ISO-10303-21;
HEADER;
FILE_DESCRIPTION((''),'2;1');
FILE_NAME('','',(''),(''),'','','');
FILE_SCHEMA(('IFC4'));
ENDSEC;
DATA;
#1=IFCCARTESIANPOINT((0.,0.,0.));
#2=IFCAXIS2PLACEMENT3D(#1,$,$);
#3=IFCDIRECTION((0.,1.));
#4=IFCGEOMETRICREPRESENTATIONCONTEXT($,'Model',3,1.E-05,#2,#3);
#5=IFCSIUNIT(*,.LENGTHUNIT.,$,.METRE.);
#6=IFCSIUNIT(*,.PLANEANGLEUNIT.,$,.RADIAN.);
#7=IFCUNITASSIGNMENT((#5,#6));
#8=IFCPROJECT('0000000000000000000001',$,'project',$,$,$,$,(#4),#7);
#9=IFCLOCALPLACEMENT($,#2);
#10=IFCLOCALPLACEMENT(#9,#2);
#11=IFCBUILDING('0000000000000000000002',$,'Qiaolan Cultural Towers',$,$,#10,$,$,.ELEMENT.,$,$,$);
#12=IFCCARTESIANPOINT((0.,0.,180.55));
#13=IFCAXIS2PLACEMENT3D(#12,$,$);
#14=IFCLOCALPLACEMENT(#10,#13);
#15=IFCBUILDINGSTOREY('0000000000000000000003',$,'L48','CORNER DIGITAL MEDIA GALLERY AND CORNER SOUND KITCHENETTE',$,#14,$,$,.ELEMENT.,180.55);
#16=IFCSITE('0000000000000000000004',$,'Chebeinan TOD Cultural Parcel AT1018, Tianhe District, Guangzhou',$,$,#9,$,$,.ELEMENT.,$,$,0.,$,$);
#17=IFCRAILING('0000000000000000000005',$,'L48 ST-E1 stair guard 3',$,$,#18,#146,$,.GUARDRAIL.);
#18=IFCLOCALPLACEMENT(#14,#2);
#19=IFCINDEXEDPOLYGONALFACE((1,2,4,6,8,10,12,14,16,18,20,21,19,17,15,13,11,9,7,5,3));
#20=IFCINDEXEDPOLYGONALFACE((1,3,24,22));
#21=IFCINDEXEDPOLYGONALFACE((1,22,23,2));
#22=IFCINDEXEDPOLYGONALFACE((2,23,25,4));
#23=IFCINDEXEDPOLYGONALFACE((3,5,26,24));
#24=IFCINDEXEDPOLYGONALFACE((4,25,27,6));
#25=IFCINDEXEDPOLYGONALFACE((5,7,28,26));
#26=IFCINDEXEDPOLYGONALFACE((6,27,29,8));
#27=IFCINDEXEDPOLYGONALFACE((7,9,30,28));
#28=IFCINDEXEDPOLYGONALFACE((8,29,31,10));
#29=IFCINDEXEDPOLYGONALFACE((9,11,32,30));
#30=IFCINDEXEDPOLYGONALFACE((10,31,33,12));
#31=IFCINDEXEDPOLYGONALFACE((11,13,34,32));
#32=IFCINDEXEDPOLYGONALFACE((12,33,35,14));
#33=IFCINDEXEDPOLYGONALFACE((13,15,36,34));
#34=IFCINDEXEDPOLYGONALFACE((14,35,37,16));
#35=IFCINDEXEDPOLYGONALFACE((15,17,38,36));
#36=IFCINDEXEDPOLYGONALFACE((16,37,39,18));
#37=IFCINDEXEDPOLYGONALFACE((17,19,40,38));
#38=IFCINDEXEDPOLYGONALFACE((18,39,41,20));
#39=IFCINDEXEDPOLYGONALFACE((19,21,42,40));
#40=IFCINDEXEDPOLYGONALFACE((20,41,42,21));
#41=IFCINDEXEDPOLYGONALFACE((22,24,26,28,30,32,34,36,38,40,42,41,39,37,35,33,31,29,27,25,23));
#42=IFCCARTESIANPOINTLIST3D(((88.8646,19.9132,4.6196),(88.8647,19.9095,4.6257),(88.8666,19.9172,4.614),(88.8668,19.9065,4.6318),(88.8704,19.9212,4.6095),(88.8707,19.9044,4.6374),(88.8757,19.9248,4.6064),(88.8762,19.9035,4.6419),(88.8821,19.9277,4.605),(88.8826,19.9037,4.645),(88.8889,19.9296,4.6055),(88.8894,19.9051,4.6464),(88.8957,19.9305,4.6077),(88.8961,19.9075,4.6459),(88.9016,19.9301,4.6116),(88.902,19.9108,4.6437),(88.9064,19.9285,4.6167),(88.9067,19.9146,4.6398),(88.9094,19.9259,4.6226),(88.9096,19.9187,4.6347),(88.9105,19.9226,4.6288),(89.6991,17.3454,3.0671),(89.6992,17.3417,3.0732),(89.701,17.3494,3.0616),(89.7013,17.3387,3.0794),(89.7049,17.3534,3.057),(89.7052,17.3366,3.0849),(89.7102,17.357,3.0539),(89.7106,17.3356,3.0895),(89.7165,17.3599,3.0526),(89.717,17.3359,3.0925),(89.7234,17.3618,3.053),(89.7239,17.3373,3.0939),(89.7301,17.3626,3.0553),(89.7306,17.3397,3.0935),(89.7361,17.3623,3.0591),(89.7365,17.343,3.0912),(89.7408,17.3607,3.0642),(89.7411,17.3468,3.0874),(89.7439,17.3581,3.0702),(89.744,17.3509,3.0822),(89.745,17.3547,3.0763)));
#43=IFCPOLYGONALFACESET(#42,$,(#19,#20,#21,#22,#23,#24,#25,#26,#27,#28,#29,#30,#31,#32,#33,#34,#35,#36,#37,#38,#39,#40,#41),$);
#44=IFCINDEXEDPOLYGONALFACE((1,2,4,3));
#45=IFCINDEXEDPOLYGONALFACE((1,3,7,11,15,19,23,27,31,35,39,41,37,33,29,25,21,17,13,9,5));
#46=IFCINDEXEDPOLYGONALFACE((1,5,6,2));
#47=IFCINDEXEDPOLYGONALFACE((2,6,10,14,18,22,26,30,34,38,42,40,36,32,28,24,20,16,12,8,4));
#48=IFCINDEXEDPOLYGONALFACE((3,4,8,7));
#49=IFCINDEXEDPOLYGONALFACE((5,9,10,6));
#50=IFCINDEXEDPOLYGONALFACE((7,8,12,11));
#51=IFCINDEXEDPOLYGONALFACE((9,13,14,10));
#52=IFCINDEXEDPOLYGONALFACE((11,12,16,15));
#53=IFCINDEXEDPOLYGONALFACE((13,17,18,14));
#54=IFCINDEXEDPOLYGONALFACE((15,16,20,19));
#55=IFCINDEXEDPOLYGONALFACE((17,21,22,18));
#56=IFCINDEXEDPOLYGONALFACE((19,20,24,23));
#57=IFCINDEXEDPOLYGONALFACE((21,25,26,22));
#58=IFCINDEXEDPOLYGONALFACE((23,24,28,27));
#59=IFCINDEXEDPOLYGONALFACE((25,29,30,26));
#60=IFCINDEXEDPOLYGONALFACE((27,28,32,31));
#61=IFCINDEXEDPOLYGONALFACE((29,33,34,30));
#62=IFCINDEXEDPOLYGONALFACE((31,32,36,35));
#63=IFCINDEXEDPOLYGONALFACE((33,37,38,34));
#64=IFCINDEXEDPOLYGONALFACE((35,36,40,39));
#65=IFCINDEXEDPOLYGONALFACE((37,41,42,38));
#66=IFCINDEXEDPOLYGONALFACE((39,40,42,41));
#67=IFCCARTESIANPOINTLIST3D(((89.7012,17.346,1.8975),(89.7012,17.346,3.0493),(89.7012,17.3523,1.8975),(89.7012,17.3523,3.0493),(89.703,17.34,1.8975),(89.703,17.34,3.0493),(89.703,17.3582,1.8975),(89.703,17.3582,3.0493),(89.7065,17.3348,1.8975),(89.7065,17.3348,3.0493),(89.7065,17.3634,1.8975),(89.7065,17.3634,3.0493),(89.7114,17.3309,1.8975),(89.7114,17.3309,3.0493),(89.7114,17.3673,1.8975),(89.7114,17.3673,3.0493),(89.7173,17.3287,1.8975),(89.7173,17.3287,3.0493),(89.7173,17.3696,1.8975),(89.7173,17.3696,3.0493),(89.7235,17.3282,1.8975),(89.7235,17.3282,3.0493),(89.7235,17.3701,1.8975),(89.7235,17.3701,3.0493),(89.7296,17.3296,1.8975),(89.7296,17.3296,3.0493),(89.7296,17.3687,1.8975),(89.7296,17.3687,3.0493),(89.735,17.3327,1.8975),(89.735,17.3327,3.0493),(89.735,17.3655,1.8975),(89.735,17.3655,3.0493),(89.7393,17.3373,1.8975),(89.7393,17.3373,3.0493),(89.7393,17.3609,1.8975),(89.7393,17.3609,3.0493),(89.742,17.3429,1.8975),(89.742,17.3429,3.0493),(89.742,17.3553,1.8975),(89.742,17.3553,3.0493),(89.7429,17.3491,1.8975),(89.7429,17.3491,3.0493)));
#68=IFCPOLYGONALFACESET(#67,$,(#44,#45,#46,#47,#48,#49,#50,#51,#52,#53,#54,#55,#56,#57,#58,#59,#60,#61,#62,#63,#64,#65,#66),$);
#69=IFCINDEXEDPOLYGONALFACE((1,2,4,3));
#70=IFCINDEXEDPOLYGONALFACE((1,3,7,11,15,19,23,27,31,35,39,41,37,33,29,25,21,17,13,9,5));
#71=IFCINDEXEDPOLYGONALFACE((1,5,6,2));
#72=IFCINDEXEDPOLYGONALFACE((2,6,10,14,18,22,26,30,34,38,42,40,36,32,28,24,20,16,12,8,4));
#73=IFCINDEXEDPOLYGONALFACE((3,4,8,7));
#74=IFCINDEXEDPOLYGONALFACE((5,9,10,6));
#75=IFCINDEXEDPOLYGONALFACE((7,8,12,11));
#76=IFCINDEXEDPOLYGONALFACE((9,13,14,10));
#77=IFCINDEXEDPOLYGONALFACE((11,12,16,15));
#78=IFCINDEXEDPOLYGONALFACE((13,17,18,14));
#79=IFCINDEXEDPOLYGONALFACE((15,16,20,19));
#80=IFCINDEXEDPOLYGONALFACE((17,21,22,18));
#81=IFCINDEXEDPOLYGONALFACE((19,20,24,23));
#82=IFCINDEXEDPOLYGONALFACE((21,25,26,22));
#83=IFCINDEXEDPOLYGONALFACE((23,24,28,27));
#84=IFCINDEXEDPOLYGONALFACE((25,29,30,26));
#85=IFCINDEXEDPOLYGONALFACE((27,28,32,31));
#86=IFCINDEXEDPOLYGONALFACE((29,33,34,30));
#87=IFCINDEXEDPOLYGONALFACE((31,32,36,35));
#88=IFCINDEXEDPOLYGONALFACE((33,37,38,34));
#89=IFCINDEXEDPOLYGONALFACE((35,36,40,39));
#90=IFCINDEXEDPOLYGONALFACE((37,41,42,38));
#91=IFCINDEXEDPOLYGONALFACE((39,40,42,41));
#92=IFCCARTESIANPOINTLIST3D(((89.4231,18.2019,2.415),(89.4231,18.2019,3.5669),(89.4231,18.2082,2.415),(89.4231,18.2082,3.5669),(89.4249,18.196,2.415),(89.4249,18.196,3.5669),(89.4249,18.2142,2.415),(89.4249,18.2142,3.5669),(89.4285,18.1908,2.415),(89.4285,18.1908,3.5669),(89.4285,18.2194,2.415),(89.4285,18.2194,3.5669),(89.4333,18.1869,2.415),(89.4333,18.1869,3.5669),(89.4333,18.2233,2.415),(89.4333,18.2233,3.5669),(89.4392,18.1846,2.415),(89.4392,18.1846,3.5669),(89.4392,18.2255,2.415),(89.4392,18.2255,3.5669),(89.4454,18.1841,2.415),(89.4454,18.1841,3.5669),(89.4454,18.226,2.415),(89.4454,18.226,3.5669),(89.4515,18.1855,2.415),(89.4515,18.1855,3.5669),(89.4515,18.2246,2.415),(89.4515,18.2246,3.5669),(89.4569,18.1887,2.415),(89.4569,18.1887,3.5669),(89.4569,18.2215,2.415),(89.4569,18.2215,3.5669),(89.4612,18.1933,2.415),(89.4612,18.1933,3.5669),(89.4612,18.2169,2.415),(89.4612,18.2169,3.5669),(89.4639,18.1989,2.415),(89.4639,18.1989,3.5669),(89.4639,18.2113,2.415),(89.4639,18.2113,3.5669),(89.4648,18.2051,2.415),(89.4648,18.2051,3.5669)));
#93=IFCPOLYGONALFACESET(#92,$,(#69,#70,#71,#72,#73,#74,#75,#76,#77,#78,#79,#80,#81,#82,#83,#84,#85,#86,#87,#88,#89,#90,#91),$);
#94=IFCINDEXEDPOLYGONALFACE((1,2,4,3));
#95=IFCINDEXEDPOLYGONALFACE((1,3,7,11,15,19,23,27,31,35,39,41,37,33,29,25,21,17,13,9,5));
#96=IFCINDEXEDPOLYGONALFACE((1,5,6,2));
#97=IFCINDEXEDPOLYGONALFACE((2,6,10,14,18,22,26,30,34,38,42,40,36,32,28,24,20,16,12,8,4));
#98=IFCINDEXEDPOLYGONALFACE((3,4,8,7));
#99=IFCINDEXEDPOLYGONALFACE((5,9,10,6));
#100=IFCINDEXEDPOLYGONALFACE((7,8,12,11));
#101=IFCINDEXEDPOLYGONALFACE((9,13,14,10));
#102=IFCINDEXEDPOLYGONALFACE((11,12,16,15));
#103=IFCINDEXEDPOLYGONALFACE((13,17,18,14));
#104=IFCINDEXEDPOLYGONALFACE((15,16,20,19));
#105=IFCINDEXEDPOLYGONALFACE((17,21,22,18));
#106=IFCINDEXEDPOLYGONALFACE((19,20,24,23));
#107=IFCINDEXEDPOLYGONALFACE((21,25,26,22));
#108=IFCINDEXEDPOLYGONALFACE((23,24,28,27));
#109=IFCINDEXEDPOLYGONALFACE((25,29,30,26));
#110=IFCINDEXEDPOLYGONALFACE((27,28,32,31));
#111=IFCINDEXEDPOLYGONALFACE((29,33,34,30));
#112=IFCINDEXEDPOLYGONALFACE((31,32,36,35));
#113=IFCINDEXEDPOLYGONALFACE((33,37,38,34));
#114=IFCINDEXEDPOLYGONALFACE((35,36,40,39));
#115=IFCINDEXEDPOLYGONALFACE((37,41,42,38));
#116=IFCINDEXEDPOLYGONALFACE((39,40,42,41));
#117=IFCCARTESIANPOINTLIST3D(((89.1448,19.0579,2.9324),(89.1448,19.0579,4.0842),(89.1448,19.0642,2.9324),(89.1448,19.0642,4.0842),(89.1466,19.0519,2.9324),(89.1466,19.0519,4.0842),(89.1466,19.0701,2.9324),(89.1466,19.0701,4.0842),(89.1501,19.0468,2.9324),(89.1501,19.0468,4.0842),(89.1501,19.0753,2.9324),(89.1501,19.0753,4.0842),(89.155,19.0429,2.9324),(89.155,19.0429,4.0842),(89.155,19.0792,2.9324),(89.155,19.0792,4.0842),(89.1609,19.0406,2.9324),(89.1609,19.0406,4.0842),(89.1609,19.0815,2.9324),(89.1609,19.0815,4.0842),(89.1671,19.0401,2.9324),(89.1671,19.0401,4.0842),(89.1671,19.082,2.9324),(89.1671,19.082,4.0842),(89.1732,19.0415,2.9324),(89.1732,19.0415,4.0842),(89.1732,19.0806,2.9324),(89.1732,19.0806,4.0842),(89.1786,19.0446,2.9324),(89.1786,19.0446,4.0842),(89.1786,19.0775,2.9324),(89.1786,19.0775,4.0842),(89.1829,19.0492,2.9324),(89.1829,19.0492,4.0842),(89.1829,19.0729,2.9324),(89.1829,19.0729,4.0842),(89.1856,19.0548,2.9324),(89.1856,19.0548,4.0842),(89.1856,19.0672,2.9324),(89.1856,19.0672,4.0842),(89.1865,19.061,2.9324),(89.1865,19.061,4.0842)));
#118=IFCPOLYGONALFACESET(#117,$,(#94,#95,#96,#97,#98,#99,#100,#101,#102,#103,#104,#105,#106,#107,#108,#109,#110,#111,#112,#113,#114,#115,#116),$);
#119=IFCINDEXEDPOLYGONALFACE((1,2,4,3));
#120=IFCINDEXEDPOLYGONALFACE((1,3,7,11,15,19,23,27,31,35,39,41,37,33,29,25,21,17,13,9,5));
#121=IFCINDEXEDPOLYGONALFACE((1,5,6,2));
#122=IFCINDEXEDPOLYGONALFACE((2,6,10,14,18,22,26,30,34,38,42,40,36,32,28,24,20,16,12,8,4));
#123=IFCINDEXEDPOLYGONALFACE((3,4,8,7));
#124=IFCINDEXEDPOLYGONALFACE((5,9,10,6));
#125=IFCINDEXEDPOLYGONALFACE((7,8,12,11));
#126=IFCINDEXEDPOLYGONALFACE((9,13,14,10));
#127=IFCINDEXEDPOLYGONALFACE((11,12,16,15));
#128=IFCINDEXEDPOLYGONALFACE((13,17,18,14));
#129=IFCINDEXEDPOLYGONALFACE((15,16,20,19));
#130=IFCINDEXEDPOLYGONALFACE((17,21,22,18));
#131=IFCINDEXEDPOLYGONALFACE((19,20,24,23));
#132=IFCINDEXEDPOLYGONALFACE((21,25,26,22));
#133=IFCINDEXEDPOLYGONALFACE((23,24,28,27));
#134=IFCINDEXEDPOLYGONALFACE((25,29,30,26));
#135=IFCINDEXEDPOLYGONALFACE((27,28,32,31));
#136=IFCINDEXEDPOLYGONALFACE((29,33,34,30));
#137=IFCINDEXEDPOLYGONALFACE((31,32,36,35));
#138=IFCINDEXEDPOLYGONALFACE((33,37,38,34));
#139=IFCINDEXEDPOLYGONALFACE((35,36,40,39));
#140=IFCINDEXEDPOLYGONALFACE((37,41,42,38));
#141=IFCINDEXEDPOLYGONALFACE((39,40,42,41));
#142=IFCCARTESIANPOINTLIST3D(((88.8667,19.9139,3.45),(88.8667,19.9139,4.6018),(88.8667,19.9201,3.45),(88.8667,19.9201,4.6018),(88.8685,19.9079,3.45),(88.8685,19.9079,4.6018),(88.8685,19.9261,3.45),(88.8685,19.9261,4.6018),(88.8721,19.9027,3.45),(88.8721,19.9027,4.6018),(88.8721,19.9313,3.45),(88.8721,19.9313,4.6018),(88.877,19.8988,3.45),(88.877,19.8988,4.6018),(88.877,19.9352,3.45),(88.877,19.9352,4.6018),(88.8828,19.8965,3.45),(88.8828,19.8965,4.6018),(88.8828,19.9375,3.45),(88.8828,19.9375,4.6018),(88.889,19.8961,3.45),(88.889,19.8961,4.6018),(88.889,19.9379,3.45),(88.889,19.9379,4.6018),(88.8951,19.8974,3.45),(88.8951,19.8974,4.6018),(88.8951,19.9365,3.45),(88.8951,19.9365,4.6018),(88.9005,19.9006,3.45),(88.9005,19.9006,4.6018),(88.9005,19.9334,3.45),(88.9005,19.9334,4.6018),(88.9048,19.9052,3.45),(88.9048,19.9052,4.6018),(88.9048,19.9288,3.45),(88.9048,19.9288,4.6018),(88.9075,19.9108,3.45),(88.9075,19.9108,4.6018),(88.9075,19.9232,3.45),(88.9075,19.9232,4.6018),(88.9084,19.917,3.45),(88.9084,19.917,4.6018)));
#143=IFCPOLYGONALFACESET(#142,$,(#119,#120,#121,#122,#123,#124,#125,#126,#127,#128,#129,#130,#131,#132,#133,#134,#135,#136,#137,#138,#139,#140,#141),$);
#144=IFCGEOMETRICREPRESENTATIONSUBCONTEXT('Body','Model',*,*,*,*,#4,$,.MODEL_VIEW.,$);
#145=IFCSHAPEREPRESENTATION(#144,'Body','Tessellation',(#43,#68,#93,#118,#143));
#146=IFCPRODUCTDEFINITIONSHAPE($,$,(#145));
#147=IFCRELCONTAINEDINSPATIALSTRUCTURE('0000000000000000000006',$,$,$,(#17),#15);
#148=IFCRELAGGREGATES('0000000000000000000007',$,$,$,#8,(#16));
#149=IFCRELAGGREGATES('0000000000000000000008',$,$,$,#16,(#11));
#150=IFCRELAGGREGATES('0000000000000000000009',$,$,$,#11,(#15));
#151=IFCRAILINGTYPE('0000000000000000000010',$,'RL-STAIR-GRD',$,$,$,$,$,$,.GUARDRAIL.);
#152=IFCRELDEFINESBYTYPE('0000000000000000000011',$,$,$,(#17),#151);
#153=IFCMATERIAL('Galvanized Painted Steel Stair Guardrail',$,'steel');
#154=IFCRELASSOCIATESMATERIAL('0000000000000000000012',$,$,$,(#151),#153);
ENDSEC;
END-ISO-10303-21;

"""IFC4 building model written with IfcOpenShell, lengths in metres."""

from ifc_helpers import new_model, si_unit, direction, frame, origin, origin_2d, place, context, subcontext, project, spatial, circle, extrude, material, type_object, element, save


model = new_model("IFC4")

# Units and contexts
model_context = context("Model", 3, precision=1e-05, world=origin(), true_north=direction((0.0, 1.0)))
body_context = subcontext(model_context, "Body", "Model", "MODEL_VIEW")
ifc_project = project(units=[si_unit("LENGTHUNIT", "METRE"), si_unit("PLANEANGLEUNIT", "RADIAN")], contexts=[model_context])

# Site, building, storey
site_placement = place(None, origin())
site = spatial("IfcSite", under=ifc_project, at=site_placement, Name="Chebeinan TOD Cultural Parcel AT1018, Tianhe District, Guangzhou", CompositionType="ELEMENT", RefElevation=0.0)
building_placement = place(site_placement, origin())
building = spatial("IfcBuilding", under=site, at=building_placement, Name="Qiaolan Cultural Towers", CompositionType="ELEMENT")
storey_placement = place(building_placement, frame((0.0, 0.0, 180.55)))
storey = spatial("IfcBuildingStorey", under=building, at=storey_placement, Name="L48", Description="CORNER DIGITAL MEDIA GALLERY AND CORNER SOUND KITCHENETTE", CompositionType="ELEMENT", Elevation=180.55)

# Railing
ifc_material_1 = material(Name="Galvanized Painted Steel Stair Guardrail", Category="steel")
railing_type_1 = type_object("IfcRailingType", Name="RL-STAIR-GRD", PredefinedType="GUARDRAIL", material=ifc_material_1)
railing_1_placement = place(storey_placement, frame((89.7219, 17.3491, 1.8975)))
element("IfcRailing", 1, at=railing_1_placement, inside=storey, type_object=railing_type_1, Name="L48 ST-E1 stair guard 3", PredefinedType="GUARDRAIL", context=body_context, shape_type="SweptSolid", body=[
    extrude(circle(Radius=0.0239, at=origin_2d()), frame((0.0, 0.0, 1.1758), z_axis=(-0.267926, 0.824471, 0.498461), x_axis=(-0.951043, -0.309057, 0.0)), (0.0, 0.0, 1.0), 3.1145),
    extrude(circle(Radius=0.021, at=origin_2d()), origin(), (0.0, 0.0, 1.0), 1.1519),
    extrude(circle(Radius=0.021, at=origin_2d()), frame((-0.2781, 0.856, 0.5176)), (0.0, 0.0, 1.0), 1.1519),
    extrude(circle(Radius=0.021, at=origin_2d()), frame((-0.5564, 1.7119, 1.0349)), (0.0, 0.0, 1.0), 1.1519),
    extrude(circle(Radius=0.021, at=origin_2d()), frame((-0.8345, 2.5679, 1.5525)), (0.0, 0.0, 1.0), 1.1519),
])

save(model, "model.ifc")
